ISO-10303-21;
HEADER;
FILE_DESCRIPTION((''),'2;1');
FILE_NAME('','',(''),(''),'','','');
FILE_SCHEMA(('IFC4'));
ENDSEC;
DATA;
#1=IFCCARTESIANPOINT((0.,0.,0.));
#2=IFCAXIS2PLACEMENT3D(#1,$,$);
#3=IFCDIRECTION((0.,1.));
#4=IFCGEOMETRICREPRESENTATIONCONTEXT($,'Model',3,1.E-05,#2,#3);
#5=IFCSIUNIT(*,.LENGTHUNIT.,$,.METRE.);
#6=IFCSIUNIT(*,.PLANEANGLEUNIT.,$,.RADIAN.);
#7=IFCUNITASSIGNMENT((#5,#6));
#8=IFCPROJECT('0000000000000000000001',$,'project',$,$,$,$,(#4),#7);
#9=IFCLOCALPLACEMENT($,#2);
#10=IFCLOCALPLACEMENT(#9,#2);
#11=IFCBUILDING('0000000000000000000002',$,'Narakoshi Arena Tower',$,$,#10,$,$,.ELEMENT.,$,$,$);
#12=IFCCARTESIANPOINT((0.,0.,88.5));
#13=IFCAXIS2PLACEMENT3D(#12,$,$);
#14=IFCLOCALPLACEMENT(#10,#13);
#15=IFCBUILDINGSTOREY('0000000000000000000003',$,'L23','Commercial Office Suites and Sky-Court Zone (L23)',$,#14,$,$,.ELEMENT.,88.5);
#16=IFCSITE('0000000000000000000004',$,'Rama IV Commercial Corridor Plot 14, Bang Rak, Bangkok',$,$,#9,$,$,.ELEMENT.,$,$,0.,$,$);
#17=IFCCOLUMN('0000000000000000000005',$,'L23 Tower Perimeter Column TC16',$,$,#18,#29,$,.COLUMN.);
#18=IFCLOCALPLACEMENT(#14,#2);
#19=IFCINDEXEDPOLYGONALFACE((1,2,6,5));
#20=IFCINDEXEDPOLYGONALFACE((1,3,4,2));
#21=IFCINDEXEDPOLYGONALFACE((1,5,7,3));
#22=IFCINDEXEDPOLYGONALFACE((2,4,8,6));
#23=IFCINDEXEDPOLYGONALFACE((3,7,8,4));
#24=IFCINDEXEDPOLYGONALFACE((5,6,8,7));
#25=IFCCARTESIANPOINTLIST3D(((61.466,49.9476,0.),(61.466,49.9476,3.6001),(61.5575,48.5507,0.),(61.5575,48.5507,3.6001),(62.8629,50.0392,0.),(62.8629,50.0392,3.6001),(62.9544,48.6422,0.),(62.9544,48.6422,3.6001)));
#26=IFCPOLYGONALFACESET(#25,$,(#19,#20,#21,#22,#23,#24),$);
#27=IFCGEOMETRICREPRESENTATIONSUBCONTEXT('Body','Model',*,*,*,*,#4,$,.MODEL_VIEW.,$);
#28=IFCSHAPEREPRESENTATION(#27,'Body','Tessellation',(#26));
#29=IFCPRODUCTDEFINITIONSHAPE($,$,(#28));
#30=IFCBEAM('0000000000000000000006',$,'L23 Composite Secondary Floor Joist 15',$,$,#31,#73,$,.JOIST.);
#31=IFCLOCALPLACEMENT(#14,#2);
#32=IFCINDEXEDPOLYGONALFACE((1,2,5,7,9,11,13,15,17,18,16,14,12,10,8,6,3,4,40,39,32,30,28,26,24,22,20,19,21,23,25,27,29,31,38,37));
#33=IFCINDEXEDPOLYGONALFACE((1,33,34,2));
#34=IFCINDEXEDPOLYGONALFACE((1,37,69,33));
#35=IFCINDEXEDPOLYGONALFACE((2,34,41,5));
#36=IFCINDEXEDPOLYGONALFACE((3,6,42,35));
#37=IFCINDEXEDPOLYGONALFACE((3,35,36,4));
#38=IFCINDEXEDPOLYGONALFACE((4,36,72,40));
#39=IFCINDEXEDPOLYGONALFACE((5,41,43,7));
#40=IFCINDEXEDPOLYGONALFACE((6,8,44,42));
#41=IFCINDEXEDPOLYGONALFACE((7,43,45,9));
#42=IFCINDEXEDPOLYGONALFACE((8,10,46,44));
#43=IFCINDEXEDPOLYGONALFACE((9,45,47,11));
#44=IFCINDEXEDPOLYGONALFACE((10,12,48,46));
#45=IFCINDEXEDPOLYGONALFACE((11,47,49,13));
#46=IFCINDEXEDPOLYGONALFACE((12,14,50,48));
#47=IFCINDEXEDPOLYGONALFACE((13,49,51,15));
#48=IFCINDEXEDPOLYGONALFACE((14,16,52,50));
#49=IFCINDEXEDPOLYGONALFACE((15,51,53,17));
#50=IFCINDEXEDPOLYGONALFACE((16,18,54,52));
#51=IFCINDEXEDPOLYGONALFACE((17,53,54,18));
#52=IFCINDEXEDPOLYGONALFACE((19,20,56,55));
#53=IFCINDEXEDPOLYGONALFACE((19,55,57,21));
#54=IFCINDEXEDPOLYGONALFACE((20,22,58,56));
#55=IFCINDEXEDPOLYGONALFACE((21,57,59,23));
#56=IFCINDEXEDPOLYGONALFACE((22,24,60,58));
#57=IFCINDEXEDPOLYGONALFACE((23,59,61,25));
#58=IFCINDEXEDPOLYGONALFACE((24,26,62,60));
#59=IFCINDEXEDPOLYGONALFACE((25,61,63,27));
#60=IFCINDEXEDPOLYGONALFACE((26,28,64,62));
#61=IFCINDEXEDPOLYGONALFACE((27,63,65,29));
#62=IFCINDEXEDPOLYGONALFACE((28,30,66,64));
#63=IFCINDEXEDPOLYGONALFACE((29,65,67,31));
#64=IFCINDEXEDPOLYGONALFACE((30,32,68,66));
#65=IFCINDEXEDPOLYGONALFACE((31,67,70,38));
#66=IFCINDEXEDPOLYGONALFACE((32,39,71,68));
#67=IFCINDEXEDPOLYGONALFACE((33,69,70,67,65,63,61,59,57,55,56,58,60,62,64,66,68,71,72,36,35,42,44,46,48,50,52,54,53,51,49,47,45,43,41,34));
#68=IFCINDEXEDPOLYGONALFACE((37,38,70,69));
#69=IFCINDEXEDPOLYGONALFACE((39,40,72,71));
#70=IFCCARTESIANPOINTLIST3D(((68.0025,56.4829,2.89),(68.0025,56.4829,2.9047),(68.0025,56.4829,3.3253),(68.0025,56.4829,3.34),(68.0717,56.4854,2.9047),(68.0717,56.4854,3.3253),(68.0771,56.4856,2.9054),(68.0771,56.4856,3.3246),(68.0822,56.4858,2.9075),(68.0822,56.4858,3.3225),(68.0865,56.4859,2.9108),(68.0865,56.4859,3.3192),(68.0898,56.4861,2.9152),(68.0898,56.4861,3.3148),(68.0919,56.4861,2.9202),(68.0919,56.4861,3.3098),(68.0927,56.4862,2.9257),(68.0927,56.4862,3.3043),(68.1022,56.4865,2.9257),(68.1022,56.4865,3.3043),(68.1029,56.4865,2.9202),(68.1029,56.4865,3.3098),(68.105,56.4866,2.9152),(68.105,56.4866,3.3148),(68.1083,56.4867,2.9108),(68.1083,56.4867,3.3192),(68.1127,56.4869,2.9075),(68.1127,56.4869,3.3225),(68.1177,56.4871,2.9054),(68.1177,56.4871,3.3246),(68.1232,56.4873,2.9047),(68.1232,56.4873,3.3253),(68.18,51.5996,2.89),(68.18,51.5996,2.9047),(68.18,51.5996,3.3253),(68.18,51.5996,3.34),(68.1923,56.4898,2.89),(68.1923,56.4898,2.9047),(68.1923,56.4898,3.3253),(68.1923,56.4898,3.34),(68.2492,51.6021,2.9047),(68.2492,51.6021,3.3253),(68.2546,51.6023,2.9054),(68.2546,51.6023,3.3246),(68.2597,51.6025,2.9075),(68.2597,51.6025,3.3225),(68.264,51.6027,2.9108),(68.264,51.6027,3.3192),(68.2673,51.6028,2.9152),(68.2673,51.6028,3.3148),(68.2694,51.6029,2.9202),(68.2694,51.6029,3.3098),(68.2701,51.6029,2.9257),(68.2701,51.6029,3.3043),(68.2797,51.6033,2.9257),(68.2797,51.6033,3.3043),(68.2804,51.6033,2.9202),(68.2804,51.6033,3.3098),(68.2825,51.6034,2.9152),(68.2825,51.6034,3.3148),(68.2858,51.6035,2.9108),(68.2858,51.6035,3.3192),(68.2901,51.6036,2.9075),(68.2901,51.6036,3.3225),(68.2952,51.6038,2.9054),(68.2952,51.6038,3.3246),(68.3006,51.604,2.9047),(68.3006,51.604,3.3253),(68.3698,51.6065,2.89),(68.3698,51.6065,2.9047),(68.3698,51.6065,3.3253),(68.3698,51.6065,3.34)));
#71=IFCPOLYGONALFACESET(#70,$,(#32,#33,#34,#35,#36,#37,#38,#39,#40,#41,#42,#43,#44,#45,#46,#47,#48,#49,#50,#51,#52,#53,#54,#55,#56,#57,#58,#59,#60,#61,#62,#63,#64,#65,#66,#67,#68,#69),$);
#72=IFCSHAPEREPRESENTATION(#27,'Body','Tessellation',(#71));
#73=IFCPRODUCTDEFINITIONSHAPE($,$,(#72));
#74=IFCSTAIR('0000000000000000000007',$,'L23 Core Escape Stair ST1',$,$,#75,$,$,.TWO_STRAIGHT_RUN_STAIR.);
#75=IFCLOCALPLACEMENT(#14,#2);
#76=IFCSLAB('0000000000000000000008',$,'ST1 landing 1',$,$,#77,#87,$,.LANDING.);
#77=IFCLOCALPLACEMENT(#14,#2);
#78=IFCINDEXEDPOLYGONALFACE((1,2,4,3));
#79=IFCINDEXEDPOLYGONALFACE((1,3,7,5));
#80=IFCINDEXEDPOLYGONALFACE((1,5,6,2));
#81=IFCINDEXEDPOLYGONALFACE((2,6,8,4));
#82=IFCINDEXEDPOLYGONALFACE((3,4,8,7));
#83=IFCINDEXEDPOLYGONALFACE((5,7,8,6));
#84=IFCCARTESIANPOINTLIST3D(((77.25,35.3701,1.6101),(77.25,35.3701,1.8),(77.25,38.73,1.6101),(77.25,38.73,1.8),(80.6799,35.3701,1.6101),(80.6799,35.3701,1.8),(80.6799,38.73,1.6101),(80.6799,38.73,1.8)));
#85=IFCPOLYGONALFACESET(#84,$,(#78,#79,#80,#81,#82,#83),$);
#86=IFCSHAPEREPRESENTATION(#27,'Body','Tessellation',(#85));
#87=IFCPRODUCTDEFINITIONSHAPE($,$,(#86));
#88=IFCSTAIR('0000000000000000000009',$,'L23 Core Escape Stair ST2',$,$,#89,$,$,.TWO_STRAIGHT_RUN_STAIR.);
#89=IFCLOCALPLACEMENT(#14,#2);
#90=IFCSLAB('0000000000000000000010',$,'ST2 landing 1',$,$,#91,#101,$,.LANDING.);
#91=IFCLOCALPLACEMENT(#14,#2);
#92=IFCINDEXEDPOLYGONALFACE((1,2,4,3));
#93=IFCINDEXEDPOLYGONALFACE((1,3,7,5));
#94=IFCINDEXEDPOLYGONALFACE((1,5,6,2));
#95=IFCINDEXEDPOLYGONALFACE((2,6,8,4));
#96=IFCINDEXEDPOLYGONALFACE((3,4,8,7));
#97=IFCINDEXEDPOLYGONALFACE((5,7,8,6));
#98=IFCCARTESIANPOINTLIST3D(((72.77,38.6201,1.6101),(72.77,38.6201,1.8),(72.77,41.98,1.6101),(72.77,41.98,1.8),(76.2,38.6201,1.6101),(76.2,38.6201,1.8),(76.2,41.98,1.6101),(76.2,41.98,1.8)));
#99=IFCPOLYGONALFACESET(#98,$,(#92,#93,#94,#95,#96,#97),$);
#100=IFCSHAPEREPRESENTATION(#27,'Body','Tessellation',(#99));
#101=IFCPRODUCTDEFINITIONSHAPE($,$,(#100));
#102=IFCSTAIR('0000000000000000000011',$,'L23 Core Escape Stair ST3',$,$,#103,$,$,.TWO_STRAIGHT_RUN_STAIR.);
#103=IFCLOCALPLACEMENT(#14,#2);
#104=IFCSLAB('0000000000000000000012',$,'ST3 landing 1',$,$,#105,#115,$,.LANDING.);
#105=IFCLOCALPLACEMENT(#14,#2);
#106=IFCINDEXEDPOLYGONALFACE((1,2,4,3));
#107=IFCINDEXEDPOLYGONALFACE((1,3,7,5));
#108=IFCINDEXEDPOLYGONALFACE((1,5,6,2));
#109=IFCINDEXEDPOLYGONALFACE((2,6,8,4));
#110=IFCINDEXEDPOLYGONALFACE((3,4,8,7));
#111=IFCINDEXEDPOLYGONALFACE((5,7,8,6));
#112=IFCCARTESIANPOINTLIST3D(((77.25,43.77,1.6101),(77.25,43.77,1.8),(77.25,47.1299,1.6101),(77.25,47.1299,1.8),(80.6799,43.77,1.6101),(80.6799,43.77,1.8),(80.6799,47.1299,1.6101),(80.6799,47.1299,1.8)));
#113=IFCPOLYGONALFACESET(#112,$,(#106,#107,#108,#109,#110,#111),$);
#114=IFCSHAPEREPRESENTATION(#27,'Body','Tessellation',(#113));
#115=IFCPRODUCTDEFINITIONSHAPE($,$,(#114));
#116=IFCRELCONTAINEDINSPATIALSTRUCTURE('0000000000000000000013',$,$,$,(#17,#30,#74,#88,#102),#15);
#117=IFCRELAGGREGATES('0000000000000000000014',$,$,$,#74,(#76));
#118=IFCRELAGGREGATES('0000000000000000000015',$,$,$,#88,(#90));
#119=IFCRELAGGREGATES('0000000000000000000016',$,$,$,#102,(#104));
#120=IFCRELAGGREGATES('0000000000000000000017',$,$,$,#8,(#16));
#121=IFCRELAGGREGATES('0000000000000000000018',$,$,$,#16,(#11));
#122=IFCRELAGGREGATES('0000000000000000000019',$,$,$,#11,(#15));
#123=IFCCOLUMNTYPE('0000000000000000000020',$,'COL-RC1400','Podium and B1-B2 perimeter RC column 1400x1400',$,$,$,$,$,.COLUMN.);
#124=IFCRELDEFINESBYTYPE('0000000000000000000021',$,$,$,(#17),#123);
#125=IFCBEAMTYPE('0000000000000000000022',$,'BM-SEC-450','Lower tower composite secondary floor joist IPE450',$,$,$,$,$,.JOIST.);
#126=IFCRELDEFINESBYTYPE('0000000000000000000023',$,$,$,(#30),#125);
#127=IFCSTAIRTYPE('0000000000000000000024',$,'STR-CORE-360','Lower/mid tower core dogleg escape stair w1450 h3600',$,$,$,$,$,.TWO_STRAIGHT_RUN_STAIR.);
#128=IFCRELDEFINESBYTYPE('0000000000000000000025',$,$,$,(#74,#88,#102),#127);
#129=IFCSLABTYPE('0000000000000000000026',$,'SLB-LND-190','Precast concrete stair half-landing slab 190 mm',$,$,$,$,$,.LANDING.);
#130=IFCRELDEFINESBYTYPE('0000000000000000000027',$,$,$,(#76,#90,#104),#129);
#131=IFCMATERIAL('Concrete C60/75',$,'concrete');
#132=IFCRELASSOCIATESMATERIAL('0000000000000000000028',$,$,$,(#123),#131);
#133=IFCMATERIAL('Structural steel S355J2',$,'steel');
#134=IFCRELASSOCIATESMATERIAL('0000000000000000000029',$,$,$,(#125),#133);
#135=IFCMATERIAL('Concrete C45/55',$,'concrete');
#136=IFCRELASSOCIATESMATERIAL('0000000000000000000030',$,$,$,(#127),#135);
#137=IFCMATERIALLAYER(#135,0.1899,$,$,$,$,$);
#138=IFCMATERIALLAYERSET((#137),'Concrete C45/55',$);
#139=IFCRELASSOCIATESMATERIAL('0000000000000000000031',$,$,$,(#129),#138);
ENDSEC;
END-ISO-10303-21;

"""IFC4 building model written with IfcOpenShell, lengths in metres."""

from ifc_helpers import new_model, si_unit, direction, frame, origin, origin_2d, place, context, subcontext, project, spatial, polyline, rectangle, i_section, outline, extrude, material, layer, layer_set, material_profile, profile_set, type_object, element, aggregate, save


model = new_model("IFC4")

# Units and contexts
model_context = context("Model", 3, precision=1e-05, world=origin(), true_north=direction((0.0, 1.0)))
body_context = subcontext(model_context, "Body", "Model", "MODEL_VIEW")
ifc_project = project(units=[si_unit("LENGTHUNIT", "METRE"), si_unit("PLANEANGLEUNIT", "RADIAN")], contexts=[model_context])

# Site, building, storey
site_placement = place(None, origin())
site = spatial("IfcSite", under=ifc_project, at=site_placement, Name="Rama IV Commercial Corridor Plot 14, Bang Rak, Bangkok", CompositionType="ELEMENT", RefElevation=0.0)
building_placement = place(site_placement, origin())
building = spatial("IfcBuilding", under=site, at=building_placement, Name="Narakoshi Arena Tower", CompositionType="ELEMENT")
storey_placement = place(building_placement, frame((0.0, 0.0, 88.5)))
storey = spatial("IfcBuildingStorey", under=building, at=storey_placement, Name="L23", Description="Commercial Office Suites and Sky-Court Zone (L23)", CompositionType="ELEMENT", Elevation=88.5)

# Column
ifc_material_1 = material(Name="Concrete C60/75", Category="concrete")
ifc_material_profile_1 = material_profile(ifc_material_1, rectangle(XDim=1.3999, YDim=1.3999, at=origin_2d()), Name="RC1400x1400")
ifc_profile_set_1 = profile_set([ifc_material_profile_1], Name="Concrete C60/75")
column_type = type_object("IfcColumnType", Name="COL-RC1400", Description="Podium and B1-B2 perimeter RC column 1400x1400", PredefinedType="COLUMN", material=ifc_profile_set_1)
column_placement = place(storey_placement, frame((62.2102, 49.2949, 0.0), z_axis=(0.0, 0.0, 1.0), x_axis=(-0.065403, 0.997859, 0.0)))
element("IfcColumn", 1, at=column_placement, inside=storey, type_object=column_type, Name="L23 Tower Perimeter Column TC16", PredefinedType="COLUMN", context=body_context, shape_type="SweptSolid", body=[
    extrude(rectangle(XDim=1.3999, YDim=1.3999, at=origin_2d()), origin(), (0.0, 0.0, 1.0), 3.6001),
])

# Beam
ifc_material_2 = material(Name="Structural steel S355J2", Category="steel")
ifc_material_profile_2 = material_profile(ifc_material_2, i_section(OverallWidth=0.1899, OverallDepth=0.45, WebThickness=0.0095, FlangeThickness=0.0146, FilletRadius=0.021, at=origin_2d()), Name="IPE450")
ifc_profile_set_2 = profile_set([ifc_material_profile_2], Name="Structural steel S355J2")
beam_type = type_object("IfcBeamType", Name="BM-SEC-450", Description="Lower tower composite secondary floor joist IPE450", PredefinedType="JOIST", material=ifc_profile_set_2)
beam_placement = place(storey_placement, frame((68.0974, 56.4863, 3.115), z_axis=(0.036322, -0.99934, 0.0), x_axis=(0.99934, 0.036322, 0.0)))
element("IfcBeam", 2, at=beam_placement, inside=storey, type_object=beam_type, Name="L23 Composite Secondary Floor Joist 15", PredefinedType="JOIST", context=body_context, shape_type="SweptSolid", body=[
    extrude(i_section(OverallWidth=0.1899, OverallDepth=0.45, WebThickness=0.0095, FlangeThickness=0.0146, FilletRadius=0.021, at=origin_2d()), origin(), (0.0, 0.0, 1.0), 4.8865),
])

# Stairs, slabs
ifc_material_3 = material(Name="Concrete C45/55", Category="concrete")
stair_type = type_object("IfcStairType", Name="STR-CORE-360", Description="Lower/mid tower core dogleg escape stair w1450 h3600", PredefinedType="TWO_STRAIGHT_RUN_STAIR", material=ifc_material_3)
stair_1_placement = place(storey_placement, origin())
stair_1 = element("IfcStair", 3, at=stair_1_placement, inside=storey, type_object=stair_type, Name="L23 Core Escape Stair ST1", PredefinedType="TWO_STRAIGHT_RUN_STAIR")
ifc_layer_1 = layer(ifc_material_3, 0.1899)
ifc_layer_set_1 = layer_set([ifc_layer_1], Name="Concrete C45/55")
slab_type_1 = type_object("IfcSlabType", Name="SLB-LND-190", Description="Precast concrete stair half-landing slab 190 mm", PredefinedType="LANDING", material=ifc_layer_set_1)
slab_1_placement = place(storey_placement, frame((0.0, 0.0, 1.6101)))
slab_1 = element("IfcSlab", 4, at=slab_1_placement, type_object=slab_type_1, Name="ST1 landing 1", PredefinedType="LANDING", context=body_context, shape_type="SweptSolid", body=[
    extrude(outline(polyline([(77.25, 35.3701), (80.6799, 35.3701), (80.6799, 38.73), (77.25, 38.73), (77.25, 35.3701)])), origin(), (0.0, 0.0, 1.0), 0.1899),
])
aggregate(stair_1, [slab_1])
stair_2_placement = place(storey_placement, origin())
stair_2 = element("IfcStair", 5, at=stair_2_placement, inside=storey, type_object=stair_type, Name="L23 Core Escape Stair ST2", PredefinedType="TWO_STRAIGHT_RUN_STAIR")
slab_2_placement = place(storey_placement, frame((0.0, 0.0, 1.6101)))
slab_2 = element("IfcSlab", 6, at=slab_2_placement, type_object=slab_type_1, Name="ST2 landing 1", PredefinedType="LANDING", context=body_context, shape_type="SweptSolid", body=[
    extrude(outline(polyline([(72.77, 38.6201), (76.2, 38.6201), (76.2, 41.98), (72.77, 41.98), (72.77, 38.6201)])), origin(), (0.0, 0.0, 1.0), 0.1899),
])
aggregate(stair_2, [slab_2])
stair_3_placement = place(storey_placement, origin())
stair_3 = element("IfcStair", 7, at=stair_3_placement, inside=storey, type_object=stair_type, Name="L23 Core Escape Stair ST3", PredefinedType="TWO_STRAIGHT_RUN_STAIR")
slab_3_placement = place(storey_placement, frame((0.0, 0.0, 1.6101)))
slab_3 = element("IfcSlab", 8, at=slab_3_placement, type_object=slab_type_1, Name="ST3 landing 1", PredefinedType="LANDING", context=body_context, shape_type="SweptSolid", body=[
    extrude(outline(polyline([(77.25, 43.77), (80.6799, 43.77), (80.6799, 47.1299), (77.25, 47.1299), (77.25, 43.77)])), origin(), (0.0, 0.0, 1.0), 0.1899),
])
aggregate(stair_3, [slab_3])

save(model, "model.ifc")
